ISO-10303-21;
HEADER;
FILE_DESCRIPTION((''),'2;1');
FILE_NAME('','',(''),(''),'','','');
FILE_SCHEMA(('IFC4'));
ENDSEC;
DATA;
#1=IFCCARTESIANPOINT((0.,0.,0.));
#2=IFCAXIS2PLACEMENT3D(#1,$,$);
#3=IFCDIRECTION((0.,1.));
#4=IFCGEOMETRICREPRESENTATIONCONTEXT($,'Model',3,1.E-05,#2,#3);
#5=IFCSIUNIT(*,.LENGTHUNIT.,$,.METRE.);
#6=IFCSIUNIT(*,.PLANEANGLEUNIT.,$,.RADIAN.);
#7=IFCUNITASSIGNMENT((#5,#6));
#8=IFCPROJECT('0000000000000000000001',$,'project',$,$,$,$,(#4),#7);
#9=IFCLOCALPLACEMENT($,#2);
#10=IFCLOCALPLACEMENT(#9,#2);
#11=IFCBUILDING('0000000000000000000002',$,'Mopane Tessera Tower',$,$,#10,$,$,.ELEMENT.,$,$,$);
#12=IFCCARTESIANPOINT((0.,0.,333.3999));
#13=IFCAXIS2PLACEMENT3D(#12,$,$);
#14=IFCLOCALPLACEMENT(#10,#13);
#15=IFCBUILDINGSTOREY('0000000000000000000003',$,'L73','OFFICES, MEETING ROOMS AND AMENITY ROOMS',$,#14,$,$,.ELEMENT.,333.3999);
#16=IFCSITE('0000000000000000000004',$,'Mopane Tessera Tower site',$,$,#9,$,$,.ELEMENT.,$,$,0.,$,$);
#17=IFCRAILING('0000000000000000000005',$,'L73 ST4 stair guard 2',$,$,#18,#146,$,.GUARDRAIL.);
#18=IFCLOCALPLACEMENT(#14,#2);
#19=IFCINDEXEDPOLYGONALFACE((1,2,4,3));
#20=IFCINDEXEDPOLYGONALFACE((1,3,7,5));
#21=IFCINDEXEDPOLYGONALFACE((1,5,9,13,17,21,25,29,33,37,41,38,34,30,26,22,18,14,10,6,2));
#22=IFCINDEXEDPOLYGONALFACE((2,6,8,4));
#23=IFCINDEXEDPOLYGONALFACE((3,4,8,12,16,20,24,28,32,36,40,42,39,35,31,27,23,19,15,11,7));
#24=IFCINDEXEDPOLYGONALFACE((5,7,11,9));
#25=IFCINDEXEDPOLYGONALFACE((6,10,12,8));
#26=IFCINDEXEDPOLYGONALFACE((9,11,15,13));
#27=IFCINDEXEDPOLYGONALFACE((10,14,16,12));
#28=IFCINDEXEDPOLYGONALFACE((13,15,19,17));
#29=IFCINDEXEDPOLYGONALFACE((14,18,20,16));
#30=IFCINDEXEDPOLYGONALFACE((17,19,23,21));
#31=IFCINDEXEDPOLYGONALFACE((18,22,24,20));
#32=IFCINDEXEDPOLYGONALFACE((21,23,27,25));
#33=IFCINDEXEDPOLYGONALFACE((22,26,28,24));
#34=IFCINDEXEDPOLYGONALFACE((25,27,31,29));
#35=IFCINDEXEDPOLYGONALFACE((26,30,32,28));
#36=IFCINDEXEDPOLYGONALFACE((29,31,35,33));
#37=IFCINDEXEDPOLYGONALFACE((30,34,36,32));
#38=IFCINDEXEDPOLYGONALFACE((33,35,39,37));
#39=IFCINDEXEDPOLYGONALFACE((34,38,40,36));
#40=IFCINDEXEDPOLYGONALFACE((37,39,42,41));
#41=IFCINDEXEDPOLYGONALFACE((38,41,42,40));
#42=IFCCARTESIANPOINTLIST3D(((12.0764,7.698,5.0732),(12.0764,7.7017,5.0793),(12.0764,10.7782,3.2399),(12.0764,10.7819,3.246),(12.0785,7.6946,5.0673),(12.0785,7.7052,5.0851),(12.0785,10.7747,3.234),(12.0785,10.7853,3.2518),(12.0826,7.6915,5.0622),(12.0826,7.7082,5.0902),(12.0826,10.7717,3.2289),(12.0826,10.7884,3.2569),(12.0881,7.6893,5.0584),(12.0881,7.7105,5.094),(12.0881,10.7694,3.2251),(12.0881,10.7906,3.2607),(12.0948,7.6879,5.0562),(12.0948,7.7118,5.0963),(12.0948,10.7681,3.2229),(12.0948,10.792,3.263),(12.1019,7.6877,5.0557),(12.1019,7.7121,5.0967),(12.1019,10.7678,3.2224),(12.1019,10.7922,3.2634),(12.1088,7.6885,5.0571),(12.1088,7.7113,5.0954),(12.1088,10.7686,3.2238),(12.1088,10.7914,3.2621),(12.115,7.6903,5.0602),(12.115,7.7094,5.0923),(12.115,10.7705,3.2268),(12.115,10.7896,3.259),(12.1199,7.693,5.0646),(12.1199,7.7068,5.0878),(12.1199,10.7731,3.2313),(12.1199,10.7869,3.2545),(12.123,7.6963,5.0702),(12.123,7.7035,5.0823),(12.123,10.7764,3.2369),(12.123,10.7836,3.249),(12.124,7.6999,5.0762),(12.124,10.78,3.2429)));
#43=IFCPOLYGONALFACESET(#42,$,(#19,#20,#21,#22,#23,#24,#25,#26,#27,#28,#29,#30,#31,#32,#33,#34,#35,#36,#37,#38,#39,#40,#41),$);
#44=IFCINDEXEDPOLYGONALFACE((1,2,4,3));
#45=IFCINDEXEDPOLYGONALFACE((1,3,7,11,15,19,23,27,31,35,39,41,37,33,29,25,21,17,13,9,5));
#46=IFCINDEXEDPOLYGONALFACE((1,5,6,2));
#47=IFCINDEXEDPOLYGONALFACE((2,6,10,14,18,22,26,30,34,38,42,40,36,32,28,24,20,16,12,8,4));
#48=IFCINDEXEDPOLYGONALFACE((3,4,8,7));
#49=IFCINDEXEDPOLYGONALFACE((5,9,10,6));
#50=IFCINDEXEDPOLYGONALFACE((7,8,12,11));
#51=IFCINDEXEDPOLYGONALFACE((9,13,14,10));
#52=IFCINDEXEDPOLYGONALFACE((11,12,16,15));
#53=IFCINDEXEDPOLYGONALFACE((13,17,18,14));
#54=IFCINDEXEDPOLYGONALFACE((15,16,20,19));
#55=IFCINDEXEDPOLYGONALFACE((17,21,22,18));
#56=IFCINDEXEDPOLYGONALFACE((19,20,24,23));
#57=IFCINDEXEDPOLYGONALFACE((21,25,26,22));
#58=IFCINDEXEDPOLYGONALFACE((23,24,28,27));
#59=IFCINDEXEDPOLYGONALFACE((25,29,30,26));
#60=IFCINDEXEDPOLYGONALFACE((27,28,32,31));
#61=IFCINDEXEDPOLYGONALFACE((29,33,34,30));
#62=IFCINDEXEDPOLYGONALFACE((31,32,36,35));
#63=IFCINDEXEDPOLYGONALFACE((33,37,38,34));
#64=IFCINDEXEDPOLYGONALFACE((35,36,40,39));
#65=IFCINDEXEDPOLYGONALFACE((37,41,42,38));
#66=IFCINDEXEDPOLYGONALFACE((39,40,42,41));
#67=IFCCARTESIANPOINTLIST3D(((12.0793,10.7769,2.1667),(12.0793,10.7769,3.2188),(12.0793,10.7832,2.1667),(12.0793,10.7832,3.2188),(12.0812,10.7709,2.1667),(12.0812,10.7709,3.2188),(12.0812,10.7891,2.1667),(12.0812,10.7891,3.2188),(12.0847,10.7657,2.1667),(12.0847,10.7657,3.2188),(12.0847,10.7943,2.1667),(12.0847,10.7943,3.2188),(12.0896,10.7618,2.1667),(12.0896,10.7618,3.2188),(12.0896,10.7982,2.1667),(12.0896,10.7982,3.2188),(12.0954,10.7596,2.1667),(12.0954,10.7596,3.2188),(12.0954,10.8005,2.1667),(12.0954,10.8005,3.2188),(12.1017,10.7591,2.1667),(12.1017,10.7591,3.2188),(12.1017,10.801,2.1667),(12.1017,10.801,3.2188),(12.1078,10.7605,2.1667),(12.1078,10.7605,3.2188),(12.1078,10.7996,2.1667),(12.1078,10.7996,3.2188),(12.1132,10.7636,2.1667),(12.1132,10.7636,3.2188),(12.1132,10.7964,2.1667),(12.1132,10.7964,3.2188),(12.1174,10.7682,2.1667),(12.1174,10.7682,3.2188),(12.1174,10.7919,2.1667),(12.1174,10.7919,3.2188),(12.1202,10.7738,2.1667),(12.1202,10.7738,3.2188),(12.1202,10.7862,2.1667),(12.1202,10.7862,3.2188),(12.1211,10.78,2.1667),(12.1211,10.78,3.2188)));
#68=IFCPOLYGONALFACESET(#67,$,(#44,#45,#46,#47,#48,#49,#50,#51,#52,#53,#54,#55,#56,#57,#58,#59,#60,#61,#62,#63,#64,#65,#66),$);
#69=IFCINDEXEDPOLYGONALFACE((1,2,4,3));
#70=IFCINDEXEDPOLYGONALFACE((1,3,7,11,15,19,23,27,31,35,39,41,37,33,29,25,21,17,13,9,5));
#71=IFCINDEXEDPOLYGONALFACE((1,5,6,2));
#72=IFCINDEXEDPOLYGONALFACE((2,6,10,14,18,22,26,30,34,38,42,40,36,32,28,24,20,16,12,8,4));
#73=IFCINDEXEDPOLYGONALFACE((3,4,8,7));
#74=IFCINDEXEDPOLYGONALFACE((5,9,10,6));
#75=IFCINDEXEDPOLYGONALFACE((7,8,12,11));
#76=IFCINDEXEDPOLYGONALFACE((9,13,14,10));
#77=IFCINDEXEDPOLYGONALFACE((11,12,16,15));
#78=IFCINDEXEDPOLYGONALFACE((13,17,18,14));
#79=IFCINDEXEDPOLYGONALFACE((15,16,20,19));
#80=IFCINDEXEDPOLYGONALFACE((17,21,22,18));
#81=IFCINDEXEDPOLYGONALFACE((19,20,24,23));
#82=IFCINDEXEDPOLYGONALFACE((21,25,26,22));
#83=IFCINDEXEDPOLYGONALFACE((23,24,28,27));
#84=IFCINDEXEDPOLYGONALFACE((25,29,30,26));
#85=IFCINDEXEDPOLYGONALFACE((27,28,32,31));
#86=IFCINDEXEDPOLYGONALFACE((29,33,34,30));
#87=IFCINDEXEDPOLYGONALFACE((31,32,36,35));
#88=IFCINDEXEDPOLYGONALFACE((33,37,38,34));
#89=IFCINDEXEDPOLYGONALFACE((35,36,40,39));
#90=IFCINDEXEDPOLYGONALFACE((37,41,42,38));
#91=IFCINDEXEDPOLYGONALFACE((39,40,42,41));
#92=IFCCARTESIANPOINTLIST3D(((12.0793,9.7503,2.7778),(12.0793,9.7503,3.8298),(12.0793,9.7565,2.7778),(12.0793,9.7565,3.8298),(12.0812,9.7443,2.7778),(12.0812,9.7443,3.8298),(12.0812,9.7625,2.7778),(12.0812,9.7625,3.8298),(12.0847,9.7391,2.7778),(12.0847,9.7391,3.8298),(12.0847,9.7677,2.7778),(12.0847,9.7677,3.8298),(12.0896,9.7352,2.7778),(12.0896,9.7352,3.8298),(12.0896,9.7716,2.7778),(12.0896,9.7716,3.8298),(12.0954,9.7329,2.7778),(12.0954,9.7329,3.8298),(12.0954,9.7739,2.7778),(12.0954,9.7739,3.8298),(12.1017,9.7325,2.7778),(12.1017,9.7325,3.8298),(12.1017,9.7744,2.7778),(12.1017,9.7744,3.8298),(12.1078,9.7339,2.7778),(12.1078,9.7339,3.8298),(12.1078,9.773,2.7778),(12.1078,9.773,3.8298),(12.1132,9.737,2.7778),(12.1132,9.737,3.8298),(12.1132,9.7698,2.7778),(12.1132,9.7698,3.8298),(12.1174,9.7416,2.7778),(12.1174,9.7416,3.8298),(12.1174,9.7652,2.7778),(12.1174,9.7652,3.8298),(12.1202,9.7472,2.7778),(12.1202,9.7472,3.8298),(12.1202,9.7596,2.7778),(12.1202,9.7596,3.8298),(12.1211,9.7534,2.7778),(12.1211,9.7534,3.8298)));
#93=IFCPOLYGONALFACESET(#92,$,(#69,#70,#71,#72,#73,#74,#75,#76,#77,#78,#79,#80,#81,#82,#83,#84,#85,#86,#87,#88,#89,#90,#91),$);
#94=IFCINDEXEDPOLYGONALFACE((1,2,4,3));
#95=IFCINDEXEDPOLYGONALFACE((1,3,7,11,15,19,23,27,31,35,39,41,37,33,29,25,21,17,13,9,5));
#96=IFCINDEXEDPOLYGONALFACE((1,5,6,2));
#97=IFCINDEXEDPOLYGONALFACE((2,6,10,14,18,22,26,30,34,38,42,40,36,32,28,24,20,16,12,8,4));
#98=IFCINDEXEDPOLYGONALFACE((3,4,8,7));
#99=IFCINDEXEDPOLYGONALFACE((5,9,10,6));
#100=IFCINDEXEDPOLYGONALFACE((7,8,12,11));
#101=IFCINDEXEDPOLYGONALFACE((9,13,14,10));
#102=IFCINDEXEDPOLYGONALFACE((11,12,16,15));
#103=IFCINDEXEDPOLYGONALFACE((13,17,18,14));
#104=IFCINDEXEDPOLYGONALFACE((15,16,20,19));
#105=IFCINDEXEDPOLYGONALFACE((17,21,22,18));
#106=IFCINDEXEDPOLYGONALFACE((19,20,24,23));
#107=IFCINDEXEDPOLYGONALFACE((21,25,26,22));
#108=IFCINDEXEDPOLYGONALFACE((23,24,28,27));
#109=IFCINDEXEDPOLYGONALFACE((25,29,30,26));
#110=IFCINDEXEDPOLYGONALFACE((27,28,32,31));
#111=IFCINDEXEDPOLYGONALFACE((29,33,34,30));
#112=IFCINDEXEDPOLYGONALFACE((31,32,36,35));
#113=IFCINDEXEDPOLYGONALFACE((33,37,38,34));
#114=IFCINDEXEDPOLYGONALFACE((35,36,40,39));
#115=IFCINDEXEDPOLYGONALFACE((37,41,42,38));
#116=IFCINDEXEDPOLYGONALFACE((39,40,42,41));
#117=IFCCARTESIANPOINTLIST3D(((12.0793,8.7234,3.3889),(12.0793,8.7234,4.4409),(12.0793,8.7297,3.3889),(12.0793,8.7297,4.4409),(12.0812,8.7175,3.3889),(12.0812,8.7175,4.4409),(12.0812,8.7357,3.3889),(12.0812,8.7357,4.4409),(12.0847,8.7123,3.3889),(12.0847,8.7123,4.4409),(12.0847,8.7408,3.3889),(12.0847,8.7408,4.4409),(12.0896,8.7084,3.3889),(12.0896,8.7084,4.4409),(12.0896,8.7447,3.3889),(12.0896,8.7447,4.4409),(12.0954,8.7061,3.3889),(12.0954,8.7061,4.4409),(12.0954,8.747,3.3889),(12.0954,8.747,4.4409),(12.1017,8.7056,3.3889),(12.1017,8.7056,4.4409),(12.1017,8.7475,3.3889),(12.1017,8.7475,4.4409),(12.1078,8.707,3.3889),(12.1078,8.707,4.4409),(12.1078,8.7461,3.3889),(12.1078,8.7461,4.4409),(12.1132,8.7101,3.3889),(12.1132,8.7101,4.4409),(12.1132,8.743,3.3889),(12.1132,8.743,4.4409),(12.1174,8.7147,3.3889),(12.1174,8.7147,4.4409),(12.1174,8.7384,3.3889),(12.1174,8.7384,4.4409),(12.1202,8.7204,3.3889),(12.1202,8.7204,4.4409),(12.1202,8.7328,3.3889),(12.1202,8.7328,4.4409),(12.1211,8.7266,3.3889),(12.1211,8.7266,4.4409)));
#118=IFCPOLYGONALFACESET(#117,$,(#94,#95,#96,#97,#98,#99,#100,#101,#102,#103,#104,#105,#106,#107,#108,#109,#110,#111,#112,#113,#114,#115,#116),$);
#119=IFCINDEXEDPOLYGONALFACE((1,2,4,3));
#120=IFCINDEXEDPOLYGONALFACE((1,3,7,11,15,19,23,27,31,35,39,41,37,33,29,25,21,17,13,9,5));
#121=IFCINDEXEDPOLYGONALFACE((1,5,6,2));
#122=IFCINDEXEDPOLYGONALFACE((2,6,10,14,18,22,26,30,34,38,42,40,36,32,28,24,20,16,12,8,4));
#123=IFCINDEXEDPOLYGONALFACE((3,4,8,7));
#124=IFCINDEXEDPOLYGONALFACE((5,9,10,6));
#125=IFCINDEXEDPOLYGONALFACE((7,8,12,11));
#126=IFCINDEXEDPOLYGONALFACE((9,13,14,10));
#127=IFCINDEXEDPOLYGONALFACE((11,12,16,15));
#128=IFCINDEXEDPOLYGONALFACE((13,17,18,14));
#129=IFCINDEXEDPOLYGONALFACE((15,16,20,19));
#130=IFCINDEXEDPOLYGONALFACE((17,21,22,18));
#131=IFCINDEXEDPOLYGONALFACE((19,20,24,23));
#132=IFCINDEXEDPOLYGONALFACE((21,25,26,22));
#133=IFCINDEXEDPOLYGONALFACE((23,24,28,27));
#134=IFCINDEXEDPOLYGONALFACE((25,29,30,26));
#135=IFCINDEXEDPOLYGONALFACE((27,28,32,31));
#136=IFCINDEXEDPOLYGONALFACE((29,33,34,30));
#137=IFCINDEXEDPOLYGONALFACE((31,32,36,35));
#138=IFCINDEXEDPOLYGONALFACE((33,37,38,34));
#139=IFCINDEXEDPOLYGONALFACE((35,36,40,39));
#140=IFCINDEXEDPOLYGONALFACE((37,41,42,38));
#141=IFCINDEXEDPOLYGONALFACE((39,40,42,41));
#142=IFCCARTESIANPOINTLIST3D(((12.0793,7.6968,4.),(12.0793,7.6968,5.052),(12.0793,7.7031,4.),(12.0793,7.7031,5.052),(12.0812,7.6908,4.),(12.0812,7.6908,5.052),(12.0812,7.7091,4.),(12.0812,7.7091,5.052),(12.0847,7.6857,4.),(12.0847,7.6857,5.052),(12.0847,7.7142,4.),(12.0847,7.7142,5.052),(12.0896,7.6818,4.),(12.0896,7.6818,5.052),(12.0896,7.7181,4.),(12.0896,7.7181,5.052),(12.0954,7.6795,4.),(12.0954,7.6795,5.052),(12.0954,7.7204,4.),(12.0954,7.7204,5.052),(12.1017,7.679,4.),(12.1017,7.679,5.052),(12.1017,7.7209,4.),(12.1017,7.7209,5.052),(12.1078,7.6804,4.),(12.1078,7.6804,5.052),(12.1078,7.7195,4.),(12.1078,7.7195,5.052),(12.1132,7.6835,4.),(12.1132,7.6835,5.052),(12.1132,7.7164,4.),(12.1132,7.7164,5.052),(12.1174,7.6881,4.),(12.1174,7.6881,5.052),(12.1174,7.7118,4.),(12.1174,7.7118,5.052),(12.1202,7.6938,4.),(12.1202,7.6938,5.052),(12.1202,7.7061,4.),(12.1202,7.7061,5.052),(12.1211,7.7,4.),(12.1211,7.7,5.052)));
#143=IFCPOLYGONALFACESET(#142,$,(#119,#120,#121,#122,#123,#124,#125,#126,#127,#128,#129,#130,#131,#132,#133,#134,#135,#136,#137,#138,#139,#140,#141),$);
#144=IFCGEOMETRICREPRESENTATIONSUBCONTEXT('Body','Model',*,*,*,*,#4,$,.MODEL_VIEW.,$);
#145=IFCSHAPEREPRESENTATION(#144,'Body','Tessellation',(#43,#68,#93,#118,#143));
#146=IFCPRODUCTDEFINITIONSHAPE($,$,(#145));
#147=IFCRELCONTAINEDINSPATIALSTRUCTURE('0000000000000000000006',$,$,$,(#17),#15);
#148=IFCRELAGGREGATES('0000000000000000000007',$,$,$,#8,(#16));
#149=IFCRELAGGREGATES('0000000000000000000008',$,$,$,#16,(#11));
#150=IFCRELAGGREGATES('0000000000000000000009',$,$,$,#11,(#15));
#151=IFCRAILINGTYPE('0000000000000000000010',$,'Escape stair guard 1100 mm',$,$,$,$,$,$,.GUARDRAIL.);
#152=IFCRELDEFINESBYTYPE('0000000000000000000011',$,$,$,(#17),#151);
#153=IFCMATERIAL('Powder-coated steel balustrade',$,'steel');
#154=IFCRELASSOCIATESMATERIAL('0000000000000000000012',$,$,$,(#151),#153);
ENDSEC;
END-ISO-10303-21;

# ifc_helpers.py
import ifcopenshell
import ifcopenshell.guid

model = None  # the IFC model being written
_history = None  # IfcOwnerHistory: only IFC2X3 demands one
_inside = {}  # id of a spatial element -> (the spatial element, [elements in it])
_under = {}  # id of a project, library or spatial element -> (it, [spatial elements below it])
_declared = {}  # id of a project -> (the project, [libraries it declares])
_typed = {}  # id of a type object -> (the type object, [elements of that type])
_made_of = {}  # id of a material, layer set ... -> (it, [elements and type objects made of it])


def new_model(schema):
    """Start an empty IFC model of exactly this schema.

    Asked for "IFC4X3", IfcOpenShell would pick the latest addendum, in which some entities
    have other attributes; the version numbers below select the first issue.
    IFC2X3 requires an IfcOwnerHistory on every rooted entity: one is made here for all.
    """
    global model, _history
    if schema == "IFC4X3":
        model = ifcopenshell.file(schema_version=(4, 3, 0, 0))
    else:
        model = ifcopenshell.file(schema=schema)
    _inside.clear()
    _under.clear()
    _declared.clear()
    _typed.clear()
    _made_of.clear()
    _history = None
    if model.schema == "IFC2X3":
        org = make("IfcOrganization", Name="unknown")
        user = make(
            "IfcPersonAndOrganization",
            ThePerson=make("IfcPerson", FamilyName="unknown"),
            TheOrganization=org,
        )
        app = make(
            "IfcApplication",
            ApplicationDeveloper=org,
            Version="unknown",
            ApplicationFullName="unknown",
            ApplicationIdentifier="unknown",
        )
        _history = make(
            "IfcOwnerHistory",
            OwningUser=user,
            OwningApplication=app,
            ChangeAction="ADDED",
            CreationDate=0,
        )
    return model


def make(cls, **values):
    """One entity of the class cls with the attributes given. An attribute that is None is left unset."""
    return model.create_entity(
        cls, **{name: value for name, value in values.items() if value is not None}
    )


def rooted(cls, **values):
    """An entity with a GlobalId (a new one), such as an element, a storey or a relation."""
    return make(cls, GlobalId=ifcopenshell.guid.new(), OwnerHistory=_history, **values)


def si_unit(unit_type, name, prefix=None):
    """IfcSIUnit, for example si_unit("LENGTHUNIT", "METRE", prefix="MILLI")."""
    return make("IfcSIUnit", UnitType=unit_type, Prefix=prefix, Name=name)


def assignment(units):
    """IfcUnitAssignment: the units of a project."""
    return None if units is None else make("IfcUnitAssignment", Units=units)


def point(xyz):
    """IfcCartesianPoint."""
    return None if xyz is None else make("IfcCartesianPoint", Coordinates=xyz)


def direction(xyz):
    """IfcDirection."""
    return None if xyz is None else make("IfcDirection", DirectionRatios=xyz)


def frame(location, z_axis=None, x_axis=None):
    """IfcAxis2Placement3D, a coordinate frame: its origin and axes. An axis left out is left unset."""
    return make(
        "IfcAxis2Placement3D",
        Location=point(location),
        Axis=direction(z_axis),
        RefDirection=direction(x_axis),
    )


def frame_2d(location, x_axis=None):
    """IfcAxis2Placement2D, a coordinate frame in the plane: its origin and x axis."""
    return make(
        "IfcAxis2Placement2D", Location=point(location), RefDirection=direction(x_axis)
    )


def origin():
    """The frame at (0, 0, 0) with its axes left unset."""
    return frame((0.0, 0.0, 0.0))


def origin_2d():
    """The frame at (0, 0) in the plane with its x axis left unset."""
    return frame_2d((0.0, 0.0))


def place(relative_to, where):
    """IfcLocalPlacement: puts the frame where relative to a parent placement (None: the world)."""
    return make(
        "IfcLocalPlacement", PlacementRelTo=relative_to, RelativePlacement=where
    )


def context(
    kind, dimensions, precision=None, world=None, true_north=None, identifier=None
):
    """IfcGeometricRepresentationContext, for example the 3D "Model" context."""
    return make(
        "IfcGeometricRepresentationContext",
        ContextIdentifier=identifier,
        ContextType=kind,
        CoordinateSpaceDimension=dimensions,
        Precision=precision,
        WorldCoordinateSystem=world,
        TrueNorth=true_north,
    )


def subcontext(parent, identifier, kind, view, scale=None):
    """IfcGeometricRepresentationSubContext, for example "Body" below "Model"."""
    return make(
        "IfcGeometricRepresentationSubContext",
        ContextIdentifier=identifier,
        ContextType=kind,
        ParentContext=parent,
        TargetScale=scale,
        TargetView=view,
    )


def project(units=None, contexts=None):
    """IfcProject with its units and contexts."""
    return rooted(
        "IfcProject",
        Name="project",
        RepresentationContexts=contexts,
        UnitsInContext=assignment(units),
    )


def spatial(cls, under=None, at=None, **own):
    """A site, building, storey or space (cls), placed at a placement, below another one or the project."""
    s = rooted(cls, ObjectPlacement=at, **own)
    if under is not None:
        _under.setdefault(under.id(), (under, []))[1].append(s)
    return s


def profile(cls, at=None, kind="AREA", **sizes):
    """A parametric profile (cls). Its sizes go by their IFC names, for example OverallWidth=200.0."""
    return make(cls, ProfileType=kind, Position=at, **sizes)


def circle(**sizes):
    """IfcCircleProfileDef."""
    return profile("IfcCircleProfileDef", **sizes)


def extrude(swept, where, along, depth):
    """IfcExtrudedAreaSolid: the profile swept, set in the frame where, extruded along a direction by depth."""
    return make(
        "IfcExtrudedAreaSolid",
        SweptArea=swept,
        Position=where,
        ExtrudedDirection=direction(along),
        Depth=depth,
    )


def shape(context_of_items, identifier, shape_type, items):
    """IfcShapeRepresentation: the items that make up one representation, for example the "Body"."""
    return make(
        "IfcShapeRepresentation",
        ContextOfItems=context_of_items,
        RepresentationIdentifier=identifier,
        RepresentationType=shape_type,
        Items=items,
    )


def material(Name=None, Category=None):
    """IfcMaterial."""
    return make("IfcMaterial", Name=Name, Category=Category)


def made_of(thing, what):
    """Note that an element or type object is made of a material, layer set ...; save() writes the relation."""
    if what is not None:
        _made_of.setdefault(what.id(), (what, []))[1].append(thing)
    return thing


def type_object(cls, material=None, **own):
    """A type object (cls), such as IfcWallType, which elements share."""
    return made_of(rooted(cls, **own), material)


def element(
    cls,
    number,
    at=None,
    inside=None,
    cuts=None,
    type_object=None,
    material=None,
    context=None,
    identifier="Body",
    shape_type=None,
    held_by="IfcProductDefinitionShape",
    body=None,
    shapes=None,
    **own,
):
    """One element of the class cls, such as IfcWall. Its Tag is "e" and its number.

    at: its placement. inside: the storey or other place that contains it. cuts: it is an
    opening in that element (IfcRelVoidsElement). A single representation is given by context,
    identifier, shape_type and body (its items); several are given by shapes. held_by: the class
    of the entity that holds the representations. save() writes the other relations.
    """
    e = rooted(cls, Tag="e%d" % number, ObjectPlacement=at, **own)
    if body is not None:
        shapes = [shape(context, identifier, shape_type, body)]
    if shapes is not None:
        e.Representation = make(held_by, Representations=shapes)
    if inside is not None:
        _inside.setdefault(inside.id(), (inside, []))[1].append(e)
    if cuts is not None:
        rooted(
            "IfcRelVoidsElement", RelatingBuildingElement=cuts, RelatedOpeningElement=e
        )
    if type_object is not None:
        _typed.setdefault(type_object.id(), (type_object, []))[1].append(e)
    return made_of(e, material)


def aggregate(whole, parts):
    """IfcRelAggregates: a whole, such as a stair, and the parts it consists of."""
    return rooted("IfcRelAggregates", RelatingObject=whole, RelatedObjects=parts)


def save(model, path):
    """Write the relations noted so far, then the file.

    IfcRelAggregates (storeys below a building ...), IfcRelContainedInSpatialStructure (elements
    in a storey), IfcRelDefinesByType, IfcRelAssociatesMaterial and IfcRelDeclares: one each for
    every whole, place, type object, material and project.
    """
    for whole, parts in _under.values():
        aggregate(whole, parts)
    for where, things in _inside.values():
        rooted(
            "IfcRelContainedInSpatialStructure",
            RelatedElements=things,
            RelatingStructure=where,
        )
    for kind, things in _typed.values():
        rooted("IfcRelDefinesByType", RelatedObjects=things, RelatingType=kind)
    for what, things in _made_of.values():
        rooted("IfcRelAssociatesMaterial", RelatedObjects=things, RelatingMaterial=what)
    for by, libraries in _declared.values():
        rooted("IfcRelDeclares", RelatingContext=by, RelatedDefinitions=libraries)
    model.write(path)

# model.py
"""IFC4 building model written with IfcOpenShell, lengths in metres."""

from ifc_helpers import new_model, si_unit, direction, frame, origin, origin_2d, place, context, subcontext, project, spatial, circle, extrude, material, type_object, element, save


model = new_model("IFC4")

# Units and contexts
model_context = context("Model", 3, precision=1e-05, world=origin(), true_north=direction((0.0, 1.0)))
body_context = subcontext(model_context, "Body", "Model", "MODEL_VIEW")
ifc_project = project(units=[si_unit("LENGTHUNIT", "METRE"), si_unit("PLANEANGLEUNIT", "RADIAN")], contexts=[model_context])

# Site, building, storey
site_placement = place(None, origin())
site = spatial("IfcSite", under=ifc_project, at=site_placement, Name="Mopane Tessera Tower site", CompositionType="ELEMENT", RefElevation=0.0)
building_placement = place(site_placement, origin())
building = spatial("IfcBuilding", under=site, at=building_placement, Name="Mopane Tessera Tower", CompositionType="ELEMENT")
storey_placement = place(building_placement, frame((0.0, 0.0, 333.3999)))
storey = spatial("IfcBuildingStorey", under=building, at=storey_placement, Name="L73", Description="OFFICES, MEETING ROOMS AND AMENITY ROOMS", CompositionType="ELEMENT", Elevation=333.3999)

# Railing
ifc_material_1 = material(Name="Powder-coated steel balustrade", Category="steel")
railing_type_1 = type_object("IfcRailingType", Name="Escape stair guard 1100 mm", PredefinedType="GUARDRAIL", material=ifc_material_1)
railing_1_placement = place(storey_placement, frame((12.1001, 10.78, 2.1667)))
element("IfcRailing", 1, at=railing_1_placement, inside=storey, type_object=railing_type_1, Name="L73 ST4 stair guard 2", PredefinedType="GUARDRAIL", context=body_context, shape_type="SweptSolid", body=[
    extrude(circle(Radius=0.0239, at=origin_2d()), frame((0.0, 0.0, 1.0762), z_axis=(0.0, -0.859309, 0.511458), x_axis=(1.0, 0.0, 0.0)), (0.0, 0.0, 1.0), 3.5845),
    extrude(circle(Radius=0.021, at=origin_2d()), origin(), (0.0, 0.0, 1.0), 1.052),
    extrude(circle(Radius=0.021, at=origin_2d()), frame((0.0, -1.0266, 0.6111)), (0.0, 0.0, 1.0), 1.052),
    extrude(circle(Radius=0.021, at=origin_2d()), frame((0.0, -2.0535, 1.2222)), (0.0, 0.0, 1.0), 1.052),
    extrude(circle(Radius=0.021, at=origin_2d()), frame((0.0, -3.0801, 1.8333)), (0.0, 0.0, 1.0), 1.052),
])

save(model, "model.ifc")
